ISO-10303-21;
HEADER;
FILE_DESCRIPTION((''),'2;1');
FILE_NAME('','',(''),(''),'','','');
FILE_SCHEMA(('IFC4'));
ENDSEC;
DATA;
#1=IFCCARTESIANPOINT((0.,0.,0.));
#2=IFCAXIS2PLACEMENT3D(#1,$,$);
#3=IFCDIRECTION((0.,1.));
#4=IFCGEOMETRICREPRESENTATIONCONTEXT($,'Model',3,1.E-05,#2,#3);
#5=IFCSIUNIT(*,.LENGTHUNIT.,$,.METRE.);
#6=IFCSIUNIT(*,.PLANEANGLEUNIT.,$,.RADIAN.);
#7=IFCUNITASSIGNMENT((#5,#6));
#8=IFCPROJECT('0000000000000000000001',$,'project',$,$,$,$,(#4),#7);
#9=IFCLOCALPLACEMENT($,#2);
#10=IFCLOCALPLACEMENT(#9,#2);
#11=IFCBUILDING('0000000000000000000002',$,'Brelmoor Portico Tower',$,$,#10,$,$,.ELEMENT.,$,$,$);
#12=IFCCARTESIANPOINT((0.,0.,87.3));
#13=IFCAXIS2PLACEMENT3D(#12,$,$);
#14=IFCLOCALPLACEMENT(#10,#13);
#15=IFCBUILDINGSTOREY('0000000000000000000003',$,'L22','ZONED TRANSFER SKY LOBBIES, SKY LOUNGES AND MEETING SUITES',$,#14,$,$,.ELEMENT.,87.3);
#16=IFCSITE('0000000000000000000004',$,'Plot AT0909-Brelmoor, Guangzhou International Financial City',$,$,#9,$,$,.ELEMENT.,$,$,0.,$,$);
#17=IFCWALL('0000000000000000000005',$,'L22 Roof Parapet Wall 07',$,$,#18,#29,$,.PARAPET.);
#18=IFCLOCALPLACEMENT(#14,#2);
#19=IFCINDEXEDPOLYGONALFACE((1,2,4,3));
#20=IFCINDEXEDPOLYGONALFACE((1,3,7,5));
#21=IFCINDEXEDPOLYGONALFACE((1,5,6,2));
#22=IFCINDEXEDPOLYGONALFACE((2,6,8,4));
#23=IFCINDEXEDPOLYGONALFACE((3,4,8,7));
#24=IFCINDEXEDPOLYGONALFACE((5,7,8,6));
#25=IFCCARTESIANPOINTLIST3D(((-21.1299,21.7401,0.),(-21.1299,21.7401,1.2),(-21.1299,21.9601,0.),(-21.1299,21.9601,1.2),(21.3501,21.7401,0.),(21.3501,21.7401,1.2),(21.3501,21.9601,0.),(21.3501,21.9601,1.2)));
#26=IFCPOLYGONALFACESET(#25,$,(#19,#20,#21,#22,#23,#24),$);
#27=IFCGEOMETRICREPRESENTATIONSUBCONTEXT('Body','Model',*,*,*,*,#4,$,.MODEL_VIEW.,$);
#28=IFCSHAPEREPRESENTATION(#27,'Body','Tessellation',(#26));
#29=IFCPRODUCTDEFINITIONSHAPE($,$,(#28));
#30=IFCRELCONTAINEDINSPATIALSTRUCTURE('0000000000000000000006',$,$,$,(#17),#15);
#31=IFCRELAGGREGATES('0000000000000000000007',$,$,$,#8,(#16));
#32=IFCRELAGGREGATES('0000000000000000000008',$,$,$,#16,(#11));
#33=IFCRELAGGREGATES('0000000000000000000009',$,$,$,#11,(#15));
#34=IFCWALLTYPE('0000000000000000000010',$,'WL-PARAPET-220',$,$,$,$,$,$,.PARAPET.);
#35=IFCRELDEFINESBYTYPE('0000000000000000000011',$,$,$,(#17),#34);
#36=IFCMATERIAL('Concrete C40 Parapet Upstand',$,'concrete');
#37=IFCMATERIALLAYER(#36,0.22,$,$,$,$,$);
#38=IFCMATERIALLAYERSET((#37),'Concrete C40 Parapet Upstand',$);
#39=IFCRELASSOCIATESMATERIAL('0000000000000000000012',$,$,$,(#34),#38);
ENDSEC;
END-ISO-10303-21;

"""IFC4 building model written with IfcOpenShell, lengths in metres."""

from ifc_helpers import new_model, si_unit, direction, frame, frame_2d, origin, place, context, subcontext, project, spatial, rectangle, extrude, material, layer, layer_set, type_object, element, save


model = new_model("IFC4")

# Units and contexts
model_context = context("Model", 3, precision=1e-05, world=origin(), true_north=direction((0.0, 1.0)))
body_context = subcontext(model_context, "Body", "Model", "MODEL_VIEW")
ifc_project = project(units=[si_unit("LENGTHUNIT", "METRE"), si_unit("PLANEANGLEUNIT", "RADIAN")], contexts=[model_context])

# Site, building, storey
site_placement = place(None, origin())
site = spatial("IfcSite", under=ifc_project, at=site_placement, Name="Plot AT0909-Brelmoor, Guangzhou International Financial City", CompositionType="ELEMENT", RefElevation=0.0)
building_placement = place(site_placement, origin())
building = spatial("IfcBuilding", under=site, at=building_placement, Name="Brelmoor Portico Tower", CompositionType="ELEMENT")
storey_placement = place(building_placement, frame((0.0, 0.0, 87.3)))
storey = spatial("IfcBuildingStorey", under=building, at=storey_placement, Name="L22", Description="ZONED TRANSFER SKY LOBBIES, SKY LOUNGES AND MEETING SUITES", CompositionType="ELEMENT", Elevation=87.3)

# Wall
ifc_material_1 = material(Name="Concrete C40 Parapet Upstand", Category="concrete")
ifc_layer_1 = layer(ifc_material_1, 0.22)
ifc_layer_set_1 = layer_set([ifc_layer_1], Name="Concrete C40 Parapet Upstand")
wall_type = type_object("IfcWallType", Name="WL-PARAPET-220", PredefinedType="PARAPET", material=ifc_layer_set_1)
wall_1_placement = place(storey_placement, frame((21.3501, 21.8501, 0.0), z_axis=(0.0, 0.0, 1.0), x_axis=(-1.0, 0.0, 0.0)))
element("IfcWall", 1, at=wall_1_placement, inside=storey, type_object=wall_type, Name="L22 Roof Parapet Wall 07", PredefinedType="PARAPET", context=body_context, shape_type="SweptSolid", body=[
    extrude(rectangle(XDim=42.48, YDim=0.22, at=frame_2d((21.24, 0.0))), origin(), (0.0, 0.0, 1.0), 1.2),
])

save(model, "model.ifc")
